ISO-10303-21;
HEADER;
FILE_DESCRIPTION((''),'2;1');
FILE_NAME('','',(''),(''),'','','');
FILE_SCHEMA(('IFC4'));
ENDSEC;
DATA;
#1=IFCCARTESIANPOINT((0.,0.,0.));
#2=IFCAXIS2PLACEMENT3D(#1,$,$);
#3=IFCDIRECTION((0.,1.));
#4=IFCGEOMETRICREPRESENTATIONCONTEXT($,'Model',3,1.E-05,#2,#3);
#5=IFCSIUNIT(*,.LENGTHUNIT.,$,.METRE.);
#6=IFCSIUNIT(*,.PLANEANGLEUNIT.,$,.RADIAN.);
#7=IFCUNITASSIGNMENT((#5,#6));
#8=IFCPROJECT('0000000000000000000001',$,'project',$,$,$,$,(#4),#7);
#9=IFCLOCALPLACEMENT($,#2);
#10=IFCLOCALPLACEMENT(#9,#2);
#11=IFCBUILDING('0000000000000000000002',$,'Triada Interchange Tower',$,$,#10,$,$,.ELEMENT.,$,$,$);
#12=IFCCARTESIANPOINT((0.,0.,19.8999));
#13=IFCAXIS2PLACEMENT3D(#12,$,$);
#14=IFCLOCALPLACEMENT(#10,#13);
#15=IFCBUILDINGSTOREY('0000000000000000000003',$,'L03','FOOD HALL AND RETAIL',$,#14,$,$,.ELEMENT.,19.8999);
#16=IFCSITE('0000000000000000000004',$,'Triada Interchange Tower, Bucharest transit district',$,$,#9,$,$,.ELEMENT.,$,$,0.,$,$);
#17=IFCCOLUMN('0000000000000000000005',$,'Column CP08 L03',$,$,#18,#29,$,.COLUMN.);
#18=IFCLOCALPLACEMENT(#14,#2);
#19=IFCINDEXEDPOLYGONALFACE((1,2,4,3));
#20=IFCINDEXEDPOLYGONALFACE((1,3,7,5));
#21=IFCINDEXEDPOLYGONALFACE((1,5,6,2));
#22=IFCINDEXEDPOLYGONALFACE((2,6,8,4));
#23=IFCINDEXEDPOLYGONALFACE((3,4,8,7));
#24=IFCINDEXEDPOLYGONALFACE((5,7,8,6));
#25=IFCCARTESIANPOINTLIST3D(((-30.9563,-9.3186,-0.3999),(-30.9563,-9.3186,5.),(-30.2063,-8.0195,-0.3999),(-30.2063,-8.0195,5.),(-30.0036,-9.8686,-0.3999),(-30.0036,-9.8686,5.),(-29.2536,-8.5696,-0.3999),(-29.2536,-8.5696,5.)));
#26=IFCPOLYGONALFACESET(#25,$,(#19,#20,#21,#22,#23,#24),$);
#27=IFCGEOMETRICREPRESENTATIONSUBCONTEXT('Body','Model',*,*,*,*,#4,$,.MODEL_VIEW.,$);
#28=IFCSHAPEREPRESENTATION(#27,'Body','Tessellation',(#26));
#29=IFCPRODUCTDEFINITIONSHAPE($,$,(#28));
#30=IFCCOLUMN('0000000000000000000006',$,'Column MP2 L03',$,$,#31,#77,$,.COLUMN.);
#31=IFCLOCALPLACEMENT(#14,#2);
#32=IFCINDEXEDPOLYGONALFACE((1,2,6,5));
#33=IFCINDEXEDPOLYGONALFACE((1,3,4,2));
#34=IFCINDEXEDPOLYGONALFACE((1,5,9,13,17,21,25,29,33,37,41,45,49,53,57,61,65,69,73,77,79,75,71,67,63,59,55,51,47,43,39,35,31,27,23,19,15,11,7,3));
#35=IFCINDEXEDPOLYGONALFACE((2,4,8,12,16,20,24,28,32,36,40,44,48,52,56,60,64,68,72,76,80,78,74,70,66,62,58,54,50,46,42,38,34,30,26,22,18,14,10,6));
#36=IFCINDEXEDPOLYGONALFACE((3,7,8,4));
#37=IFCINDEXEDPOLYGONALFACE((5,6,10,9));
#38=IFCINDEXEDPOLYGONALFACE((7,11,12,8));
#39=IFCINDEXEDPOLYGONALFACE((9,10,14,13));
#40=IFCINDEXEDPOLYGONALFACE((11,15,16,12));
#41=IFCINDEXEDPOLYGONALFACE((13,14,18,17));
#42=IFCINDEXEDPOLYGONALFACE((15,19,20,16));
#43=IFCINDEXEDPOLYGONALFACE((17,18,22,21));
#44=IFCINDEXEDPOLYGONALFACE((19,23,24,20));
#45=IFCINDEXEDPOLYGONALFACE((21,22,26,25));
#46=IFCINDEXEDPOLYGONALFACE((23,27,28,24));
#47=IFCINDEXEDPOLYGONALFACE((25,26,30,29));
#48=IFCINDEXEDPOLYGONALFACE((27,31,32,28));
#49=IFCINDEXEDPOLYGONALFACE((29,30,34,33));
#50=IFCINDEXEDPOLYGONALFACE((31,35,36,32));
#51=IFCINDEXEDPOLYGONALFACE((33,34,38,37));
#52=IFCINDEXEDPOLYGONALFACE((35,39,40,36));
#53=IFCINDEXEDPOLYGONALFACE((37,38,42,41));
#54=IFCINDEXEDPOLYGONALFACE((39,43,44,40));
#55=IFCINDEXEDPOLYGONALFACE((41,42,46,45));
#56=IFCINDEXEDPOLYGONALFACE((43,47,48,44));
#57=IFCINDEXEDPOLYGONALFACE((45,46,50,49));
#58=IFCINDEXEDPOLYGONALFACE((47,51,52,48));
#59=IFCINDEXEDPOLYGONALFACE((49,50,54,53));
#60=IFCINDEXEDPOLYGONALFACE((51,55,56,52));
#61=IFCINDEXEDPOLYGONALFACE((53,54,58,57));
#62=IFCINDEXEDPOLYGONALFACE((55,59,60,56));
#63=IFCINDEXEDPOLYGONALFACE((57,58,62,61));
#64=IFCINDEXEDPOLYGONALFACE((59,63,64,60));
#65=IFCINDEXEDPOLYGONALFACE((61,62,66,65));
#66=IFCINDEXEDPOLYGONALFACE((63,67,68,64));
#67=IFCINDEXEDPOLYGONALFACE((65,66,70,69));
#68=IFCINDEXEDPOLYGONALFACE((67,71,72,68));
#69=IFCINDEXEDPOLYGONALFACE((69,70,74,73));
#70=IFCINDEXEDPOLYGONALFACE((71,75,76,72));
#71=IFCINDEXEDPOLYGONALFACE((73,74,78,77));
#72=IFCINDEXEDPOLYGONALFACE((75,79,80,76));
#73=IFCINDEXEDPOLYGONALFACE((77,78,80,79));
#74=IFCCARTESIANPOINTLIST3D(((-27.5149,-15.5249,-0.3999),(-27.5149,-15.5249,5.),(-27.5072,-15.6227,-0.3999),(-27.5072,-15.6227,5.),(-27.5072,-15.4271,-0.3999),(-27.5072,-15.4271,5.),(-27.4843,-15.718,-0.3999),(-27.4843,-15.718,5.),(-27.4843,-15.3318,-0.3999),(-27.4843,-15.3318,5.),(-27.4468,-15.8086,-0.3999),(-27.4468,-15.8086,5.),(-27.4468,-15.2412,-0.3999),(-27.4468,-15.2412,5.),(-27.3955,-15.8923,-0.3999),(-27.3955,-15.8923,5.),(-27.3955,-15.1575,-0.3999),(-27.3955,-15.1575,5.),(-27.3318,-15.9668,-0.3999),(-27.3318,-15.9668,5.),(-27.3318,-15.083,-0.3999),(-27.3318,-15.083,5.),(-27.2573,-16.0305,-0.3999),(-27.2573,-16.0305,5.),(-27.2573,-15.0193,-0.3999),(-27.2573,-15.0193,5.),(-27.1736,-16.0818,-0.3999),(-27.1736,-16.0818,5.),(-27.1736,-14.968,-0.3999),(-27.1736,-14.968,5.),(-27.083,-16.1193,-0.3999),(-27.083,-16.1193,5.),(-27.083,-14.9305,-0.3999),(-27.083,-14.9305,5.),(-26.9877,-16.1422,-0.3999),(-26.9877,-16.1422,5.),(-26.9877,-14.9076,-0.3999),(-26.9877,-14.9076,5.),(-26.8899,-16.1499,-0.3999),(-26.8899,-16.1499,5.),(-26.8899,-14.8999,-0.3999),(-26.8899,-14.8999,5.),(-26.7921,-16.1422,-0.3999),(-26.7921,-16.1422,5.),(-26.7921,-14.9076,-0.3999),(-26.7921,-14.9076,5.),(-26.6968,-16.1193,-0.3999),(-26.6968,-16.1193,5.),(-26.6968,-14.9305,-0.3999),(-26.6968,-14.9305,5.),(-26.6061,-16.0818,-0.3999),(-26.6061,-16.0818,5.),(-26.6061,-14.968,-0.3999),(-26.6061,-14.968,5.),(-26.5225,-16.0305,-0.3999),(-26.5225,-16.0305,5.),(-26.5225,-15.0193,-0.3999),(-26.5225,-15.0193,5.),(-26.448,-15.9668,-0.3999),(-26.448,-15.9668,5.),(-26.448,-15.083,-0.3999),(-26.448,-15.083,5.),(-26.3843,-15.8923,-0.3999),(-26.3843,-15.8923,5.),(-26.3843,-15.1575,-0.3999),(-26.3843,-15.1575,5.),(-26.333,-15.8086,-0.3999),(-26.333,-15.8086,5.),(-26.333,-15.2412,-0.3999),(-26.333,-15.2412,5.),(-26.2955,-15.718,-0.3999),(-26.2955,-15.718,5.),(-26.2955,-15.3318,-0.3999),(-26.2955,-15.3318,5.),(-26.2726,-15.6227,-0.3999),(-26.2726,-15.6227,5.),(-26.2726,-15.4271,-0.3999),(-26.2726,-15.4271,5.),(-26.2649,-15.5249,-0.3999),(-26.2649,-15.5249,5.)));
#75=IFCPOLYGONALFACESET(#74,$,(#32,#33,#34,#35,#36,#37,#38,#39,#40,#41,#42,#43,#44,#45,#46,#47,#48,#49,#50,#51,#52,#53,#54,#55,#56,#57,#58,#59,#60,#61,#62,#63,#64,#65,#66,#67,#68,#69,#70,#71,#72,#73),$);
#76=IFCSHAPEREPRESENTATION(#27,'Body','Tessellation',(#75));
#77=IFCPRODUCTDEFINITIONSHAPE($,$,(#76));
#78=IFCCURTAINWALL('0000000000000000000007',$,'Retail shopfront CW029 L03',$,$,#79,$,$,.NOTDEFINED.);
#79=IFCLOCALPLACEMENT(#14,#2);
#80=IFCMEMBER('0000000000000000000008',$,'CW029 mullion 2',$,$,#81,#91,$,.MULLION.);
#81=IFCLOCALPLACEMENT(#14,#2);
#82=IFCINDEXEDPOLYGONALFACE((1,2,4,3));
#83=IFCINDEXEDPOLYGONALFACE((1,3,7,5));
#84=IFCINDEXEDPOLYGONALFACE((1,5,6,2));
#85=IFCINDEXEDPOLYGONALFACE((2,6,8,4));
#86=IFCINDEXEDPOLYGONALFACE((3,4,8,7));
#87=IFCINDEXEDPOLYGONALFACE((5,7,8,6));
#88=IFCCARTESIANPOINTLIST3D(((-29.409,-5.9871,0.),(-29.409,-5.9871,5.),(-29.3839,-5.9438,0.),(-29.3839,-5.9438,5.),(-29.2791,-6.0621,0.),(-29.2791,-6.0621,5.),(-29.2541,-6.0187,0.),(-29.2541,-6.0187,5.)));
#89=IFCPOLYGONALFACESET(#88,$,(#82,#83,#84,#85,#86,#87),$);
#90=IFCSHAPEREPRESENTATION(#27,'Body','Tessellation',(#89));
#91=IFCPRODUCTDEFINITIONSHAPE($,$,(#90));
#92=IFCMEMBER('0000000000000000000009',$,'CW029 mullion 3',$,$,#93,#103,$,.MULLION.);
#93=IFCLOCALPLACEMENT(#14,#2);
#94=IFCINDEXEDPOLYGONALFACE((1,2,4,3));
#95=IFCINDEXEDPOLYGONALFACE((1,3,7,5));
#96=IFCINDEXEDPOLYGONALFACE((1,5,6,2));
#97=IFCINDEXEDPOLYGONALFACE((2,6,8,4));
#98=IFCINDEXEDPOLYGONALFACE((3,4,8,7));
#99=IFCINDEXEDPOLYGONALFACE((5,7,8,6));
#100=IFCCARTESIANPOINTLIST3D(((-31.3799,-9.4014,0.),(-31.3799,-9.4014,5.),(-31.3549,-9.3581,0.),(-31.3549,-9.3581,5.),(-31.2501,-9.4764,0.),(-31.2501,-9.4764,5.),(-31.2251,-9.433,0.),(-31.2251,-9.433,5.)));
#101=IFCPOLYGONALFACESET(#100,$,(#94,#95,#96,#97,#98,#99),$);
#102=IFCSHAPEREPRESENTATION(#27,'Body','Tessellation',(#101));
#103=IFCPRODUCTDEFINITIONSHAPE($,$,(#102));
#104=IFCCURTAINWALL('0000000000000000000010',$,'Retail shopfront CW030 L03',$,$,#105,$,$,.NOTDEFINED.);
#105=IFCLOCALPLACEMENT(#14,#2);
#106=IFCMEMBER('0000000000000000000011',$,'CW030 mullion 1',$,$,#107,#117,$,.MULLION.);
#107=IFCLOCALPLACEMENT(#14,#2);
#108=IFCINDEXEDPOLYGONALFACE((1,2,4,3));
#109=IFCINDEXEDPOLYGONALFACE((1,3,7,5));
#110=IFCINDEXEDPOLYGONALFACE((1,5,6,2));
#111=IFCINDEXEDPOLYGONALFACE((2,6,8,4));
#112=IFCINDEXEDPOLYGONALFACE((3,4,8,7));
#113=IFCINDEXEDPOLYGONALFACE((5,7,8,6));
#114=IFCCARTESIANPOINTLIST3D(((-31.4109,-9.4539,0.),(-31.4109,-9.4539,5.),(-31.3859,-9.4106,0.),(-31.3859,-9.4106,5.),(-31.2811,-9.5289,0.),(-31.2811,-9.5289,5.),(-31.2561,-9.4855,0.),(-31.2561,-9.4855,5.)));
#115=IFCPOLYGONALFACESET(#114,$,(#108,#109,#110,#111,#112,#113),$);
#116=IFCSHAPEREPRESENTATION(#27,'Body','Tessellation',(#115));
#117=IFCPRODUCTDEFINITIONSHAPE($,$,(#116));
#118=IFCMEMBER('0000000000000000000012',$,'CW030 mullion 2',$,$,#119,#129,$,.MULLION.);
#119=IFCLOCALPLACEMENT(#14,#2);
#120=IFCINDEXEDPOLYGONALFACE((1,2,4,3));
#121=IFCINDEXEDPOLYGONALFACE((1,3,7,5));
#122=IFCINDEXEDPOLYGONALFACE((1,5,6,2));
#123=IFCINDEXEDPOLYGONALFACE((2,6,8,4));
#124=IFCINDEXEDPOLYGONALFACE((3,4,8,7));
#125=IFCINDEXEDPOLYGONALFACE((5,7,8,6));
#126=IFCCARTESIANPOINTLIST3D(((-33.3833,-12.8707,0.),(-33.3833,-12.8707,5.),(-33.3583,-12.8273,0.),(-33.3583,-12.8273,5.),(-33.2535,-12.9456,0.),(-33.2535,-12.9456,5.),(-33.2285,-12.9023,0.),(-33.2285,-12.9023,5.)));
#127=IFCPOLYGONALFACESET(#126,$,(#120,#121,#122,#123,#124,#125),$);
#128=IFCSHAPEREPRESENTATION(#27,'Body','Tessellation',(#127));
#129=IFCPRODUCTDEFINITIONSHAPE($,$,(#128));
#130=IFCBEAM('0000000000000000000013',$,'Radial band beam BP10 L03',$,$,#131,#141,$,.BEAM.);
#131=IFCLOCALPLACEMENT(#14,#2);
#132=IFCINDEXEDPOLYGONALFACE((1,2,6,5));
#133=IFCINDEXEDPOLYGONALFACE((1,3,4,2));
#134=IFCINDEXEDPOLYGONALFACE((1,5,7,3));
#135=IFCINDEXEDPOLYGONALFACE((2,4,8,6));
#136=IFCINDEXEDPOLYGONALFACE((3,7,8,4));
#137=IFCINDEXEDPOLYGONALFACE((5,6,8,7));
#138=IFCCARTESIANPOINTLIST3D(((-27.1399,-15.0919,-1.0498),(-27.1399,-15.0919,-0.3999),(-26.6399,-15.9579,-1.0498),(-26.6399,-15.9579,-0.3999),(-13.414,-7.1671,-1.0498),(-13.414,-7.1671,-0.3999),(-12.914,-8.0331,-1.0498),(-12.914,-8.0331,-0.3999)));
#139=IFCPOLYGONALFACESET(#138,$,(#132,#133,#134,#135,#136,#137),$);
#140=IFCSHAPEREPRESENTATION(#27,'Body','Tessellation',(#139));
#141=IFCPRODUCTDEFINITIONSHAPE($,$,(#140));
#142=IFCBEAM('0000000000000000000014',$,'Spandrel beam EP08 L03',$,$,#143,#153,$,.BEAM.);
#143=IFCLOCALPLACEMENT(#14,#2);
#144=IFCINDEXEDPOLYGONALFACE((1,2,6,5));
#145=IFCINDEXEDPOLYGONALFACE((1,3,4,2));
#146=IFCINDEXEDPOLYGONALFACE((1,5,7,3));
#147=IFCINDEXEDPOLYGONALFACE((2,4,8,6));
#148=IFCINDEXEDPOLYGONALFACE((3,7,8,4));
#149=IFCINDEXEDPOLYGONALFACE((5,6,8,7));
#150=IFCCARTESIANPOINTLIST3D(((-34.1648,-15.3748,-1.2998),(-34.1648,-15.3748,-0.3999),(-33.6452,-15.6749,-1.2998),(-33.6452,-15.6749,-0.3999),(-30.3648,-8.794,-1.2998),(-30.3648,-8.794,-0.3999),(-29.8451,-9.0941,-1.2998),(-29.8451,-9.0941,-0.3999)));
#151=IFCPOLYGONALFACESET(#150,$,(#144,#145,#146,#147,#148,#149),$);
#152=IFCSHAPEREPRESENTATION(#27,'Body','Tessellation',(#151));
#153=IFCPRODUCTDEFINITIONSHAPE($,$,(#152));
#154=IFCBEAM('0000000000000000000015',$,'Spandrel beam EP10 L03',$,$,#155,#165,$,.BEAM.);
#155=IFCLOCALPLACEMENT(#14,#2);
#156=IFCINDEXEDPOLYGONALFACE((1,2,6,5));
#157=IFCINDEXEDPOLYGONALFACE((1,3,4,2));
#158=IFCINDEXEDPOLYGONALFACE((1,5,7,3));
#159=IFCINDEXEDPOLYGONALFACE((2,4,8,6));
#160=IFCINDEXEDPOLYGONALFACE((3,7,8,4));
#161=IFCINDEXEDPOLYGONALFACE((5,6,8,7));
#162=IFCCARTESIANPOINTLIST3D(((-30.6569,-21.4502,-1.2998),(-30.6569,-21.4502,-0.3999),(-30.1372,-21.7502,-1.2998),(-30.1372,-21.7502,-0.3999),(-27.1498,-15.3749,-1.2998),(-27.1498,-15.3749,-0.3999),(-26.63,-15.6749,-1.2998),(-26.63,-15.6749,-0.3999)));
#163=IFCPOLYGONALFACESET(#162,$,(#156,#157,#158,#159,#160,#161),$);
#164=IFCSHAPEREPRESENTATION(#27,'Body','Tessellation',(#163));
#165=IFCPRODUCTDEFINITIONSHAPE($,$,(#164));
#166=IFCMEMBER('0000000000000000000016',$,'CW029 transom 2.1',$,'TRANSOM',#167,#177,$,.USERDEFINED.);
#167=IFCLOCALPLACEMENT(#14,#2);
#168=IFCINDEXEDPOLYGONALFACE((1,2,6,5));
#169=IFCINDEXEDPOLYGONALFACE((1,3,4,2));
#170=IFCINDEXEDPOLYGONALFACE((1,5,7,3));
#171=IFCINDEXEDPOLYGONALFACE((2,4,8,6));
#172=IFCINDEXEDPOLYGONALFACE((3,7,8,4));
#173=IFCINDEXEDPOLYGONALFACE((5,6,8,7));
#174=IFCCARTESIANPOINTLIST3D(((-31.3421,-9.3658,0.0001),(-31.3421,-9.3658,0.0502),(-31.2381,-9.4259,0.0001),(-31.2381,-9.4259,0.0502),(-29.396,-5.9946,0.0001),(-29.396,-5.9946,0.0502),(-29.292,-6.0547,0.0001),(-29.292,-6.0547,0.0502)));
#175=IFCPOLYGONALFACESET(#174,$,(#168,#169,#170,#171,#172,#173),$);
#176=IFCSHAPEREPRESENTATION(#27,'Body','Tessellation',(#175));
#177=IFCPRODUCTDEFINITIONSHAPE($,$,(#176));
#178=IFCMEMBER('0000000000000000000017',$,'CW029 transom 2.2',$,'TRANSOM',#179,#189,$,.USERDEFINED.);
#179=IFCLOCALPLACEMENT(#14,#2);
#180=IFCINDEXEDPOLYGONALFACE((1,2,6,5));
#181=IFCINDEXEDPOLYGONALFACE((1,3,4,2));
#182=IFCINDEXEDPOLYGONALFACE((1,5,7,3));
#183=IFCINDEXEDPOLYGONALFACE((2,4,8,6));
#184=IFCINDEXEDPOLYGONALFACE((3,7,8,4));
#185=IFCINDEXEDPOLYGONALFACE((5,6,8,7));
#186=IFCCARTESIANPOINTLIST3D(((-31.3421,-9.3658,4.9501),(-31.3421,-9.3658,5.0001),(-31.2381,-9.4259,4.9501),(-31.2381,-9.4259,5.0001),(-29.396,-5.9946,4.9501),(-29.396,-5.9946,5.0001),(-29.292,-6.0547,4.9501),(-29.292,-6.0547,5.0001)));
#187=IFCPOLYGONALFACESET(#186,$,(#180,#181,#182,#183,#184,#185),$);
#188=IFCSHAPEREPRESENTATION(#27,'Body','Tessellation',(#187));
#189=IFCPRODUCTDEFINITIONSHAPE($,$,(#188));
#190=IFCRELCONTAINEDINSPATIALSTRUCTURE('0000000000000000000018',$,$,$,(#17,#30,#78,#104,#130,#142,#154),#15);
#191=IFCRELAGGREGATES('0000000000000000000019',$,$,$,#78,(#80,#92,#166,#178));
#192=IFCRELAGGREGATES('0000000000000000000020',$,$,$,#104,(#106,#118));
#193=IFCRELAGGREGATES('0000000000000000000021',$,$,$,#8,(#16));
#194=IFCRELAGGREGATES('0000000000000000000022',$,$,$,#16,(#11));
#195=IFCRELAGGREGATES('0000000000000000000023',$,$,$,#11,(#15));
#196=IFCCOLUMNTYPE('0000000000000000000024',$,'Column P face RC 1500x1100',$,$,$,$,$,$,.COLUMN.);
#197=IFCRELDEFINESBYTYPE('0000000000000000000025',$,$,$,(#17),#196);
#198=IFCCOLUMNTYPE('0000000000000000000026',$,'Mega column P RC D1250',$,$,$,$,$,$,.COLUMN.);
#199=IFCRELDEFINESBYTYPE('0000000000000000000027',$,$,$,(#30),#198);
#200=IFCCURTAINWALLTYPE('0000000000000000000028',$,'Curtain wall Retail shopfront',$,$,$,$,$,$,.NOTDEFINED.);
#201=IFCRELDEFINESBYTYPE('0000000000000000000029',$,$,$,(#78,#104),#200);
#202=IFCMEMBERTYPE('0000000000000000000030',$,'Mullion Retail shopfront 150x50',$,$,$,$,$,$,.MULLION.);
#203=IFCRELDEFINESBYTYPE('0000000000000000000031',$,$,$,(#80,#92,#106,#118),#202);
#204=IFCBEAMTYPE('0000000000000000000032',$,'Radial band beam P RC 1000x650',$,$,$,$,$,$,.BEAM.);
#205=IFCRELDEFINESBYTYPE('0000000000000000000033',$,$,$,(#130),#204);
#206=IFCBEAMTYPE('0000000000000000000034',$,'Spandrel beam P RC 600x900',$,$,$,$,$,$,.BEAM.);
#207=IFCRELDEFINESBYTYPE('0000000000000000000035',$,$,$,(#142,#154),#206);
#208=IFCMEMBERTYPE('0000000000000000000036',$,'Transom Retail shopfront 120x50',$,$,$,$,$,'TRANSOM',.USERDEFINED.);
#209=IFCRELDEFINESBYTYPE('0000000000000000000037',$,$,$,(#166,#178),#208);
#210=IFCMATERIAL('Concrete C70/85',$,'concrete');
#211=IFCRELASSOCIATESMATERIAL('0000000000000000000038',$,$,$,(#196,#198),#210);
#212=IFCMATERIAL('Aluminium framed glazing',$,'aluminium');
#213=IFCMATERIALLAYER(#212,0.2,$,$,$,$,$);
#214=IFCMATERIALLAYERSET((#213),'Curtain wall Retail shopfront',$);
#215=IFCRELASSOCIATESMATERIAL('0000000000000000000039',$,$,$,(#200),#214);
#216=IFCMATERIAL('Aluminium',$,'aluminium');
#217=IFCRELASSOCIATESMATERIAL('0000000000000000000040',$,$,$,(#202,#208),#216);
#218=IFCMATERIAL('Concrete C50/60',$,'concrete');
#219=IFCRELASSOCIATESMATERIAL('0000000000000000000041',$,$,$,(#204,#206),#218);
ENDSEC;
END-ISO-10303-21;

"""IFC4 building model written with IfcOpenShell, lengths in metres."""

from ifc_helpers import new_model, si_unit, direction, frame, origin, origin_2d, place, context, subcontext, project, spatial, rectangle, circle, extrude, material, layer, layer_set, material_profile, profile_set, type_object, element, aggregate, save


model = new_model("IFC4")

# Units and contexts
model_context = context("Model", 3, precision=1e-05, world=origin(), true_north=direction((0.0, 1.0)))
body_context = subcontext(model_context, "Body", "Model", "MODEL_VIEW")
ifc_project = project(units=[si_unit("LENGTHUNIT", "METRE"), si_unit("PLANEANGLEUNIT", "RADIAN")], contexts=[model_context])

# Site, building, storey
site_placement = place(None, origin())
site = spatial("IfcSite", under=ifc_project, at=site_placement, Name="Triada Interchange Tower, Bucharest transit district", CompositionType="ELEMENT", RefElevation=0.0)
building_placement = place(site_placement, origin())
building = spatial("IfcBuilding", under=site, at=building_placement, Name="Triada Interchange Tower", CompositionType="ELEMENT")
storey_placement = place(building_placement, frame((0.0, 0.0, 19.8999)))
storey = spatial("IfcBuildingStorey", under=building, at=storey_placement, Name="L03", Description="FOOD HALL AND RETAIL", CompositionType="ELEMENT", Elevation=19.8999)

# Columns
ifc_material_1 = material(Name="Concrete C70/85", Category="concrete")
ifc_material_profile_1 = material_profile(ifc_material_1, rectangle(XDim=1.5, YDim=1.1001, at=origin_2d()), Name="RC 1500x1100")
ifc_profile_set_1 = profile_set([ifc_material_profile_1], Name="Concrete C70/85")
column_type_1 = type_object("IfcColumnType", Name="Column P face RC 1500x1100", PredefinedType="COLUMN", material=ifc_profile_set_1)
column_1_placement = place(storey_placement, frame((-30.105, -8.9441, -0.3999), z_axis=(0.0, 0.0, 1.0), x_axis=(0.5, 0.866025, 0.0)))
element("IfcColumn", 1, at=column_1_placement, inside=storey, type_object=column_type_1, Name="Column CP08 L03", PredefinedType="COLUMN", context=body_context, shape_type="SweptSolid", body=[
    extrude(rectangle(XDim=1.5, YDim=1.1001, at=origin_2d()), origin(), (0.0, 0.0, 1.0), 5.3999),
])
ifc_material_profile_2 = material_profile(ifc_material_1, circle(Radius=0.625, at=origin_2d()), Name="RC D1250")
ifc_profile_set_2 = profile_set([ifc_material_profile_2], Name="Concrete C70/85")
column_type_2 = type_object("IfcColumnType", Name="Mega column P RC D1250", PredefinedType="COLUMN", material=ifc_profile_set_2)
column_2_placement = place(storey_placement, frame((-26.8899, -15.5249, -0.3999), z_axis=(0.0, 0.0, 1.0), x_axis=(1.0, 0.0, 0.0)))
element("IfcColumn", 2, at=column_2_placement, inside=storey, type_object=column_type_2, Name="Column MP2 L03", PredefinedType="COLUMN", context=body_context, shape_type="SweptSolid", body=[
    extrude(circle(Radius=0.625, at=origin_2d()), origin(), (0.0, 0.0, 1.0), 5.3999),
])

# Curtain walls, members
ifc_material_2 = material(Name="Aluminium framed glazing", Category="aluminium")
ifc_layer_1 = layer(ifc_material_2, 0.2)
ifc_layer_set_1 = layer_set([ifc_layer_1], Name="Curtain wall Retail shopfront")
curtain_wall_type = type_object("IfcCurtainWallType", Name="Curtain wall Retail shopfront", PredefinedType="NOTDEFINED", material=ifc_layer_set_1)
curtain_wall_1_placement = place(storey_placement, origin())
curtain_wall_1 = element("IfcCurtainWall", 3, at=curtain_wall_1_placement, inside=storey, type_object=curtain_wall_type, Name="Retail shopfront CW029 L03", PredefinedType="NOTDEFINED")
ifc_material_3 = material(Name="Aluminium", Category="aluminium")
ifc_material_profile_3 = material_profile(ifc_material_3, rectangle(XDim=0.1499, YDim=0.05, at=origin_2d()), Name="Aluminium mullion")
ifc_profile_set_3 = profile_set([ifc_material_profile_3], Name="Aluminium")
member_type_1 = type_object("IfcMemberType", Name="Mullion Retail shopfront 150x50", PredefinedType="MULLION", material=ifc_profile_set_3)
member_1_placement = place(storey_placement, frame((-29.3315, -6.0029, 0.0), z_axis=(0.0, 0.0, 1.0), x_axis=(0.866055, -0.499948, 0.0)))
member_1 = element("IfcMember", 4, at=member_1_placement, type_object=member_type_1, Name="CW029 mullion 2", PredefinedType="MULLION", context=body_context, shape_type="SweptSolid", body=[
    extrude(rectangle(XDim=0.1499, YDim=0.05, at=origin_2d()), origin(), (0.0, 0.0, 1.0), 5.0),
])
member_2_placement = place(storey_placement, frame((-31.3025, -9.4172, 0.0), z_axis=(0.0, 0.0, 1.0), x_axis=(0.866055, -0.499948, 0.0)))
member_2 = element("IfcMember", 5, at=member_2_placement, type_object=member_type_1, Name="CW029 mullion 3", PredefinedType="MULLION", context=body_context, shape_type="SweptSolid", body=[
    extrude(rectangle(XDim=0.1499, YDim=0.05, at=origin_2d()), origin(), (0.0, 0.0, 1.0), 5.0),
])
curtain_wall_2_placement = place(storey_placement, origin())
curtain_wall_2 = element("IfcCurtainWall", 6, at=curtain_wall_2_placement, inside=storey, type_object=curtain_wall_type, Name="Retail shopfront CW030 L03", PredefinedType="NOTDEFINED")
member_3_placement = place(storey_placement, frame((-31.3335, -9.4697, 0.0), z_axis=(0.0, 0.0, 1.0), x_axis=(0.866049, -0.499959, 0.0)))
member_3 = element("IfcMember", 7, at=member_3_placement, type_object=member_type_1, Name="CW030 mullion 1", PredefinedType="MULLION", context=body_context, shape_type="SweptSolid", body=[
    extrude(rectangle(XDim=0.1499, YDim=0.05, at=origin_2d()), origin(), (0.0, 0.0, 1.0), 5.0),
])
member_4_placement = place(storey_placement, frame((-33.3059, -12.8865, 0.0), z_axis=(0.0, 0.0, 1.0), x_axis=(0.866049, -0.499959, 0.0)))
member_4 = element("IfcMember", 8, at=member_4_placement, type_object=member_type_1, Name="CW030 mullion 2", PredefinedType="MULLION", context=body_context, shape_type="SweptSolid", body=[
    extrude(rectangle(XDim=0.1499, YDim=0.05, at=origin_2d()), origin(), (0.0, 0.0, 1.0), 5.0),
])

# Beams
ifc_material_4 = material(Name="Concrete C50/60", Category="concrete")
ifc_material_profile_4 = material_profile(ifc_material_4, rectangle(XDim=1.0, YDim=0.6499, at=origin_2d()), Name="RC 1000x650")
ifc_profile_set_4 = profile_set([ifc_material_profile_4], Name="Concrete C50/60")
beam_type_1 = type_object("IfcBeamType", Name="Radial band beam P RC 1000x650", PredefinedType="BEAM", material=ifc_profile_set_4)
beam_1_placement = place(storey_placement, frame((-26.8899, -15.5249, -0.7249), z_axis=(0.86602, 0.500009, 0.0), x_axis=(-0.500009, 0.86602, 0.0)))
element("IfcBeam", 9, at=beam_1_placement, inside=storey, type_object=beam_type_1, Name="Radial band beam BP10 L03", PredefinedType="BEAM", context=body_context, shape_type="SweptSolid", body=[
    extrude(rectangle(XDim=1.0, YDim=0.6499, at=origin_2d()), origin(), (0.0, 0.0, 1.0), 15.8494),
])
ifc_material_profile_5 = material_profile(ifc_material_4, rectangle(XDim=0.6001, YDim=0.8999, at=origin_2d()), Name="RC 600x900")
ifc_profile_set_5 = profile_set([ifc_material_profile_5], Name="Concrete C50/60")
beam_type_2 = type_object("IfcBeamType", Name="Spandrel beam P RC 600x900", PredefinedType="BEAM", material=ifc_profile_set_5)
beam_2_placement = place(storey_placement, frame((-30.105, -8.9441, -0.8499), z_axis=(-0.500061, -0.86599, 0.0), x_axis=(0.86599, -0.500061, 0.0)))
element("IfcBeam", 10, at=beam_2_placement, inside=storey, type_object=beam_type_2, Name="Spandrel beam EP08 L03", PredefinedType="BEAM", context=body_context, shape_type="SweptSolid", body=[
    extrude(rectangle(XDim=0.6001, YDim=0.8999, at=origin_2d()), origin(), (0.0, 0.0, 1.0), 7.5991),
])
beam_3_placement = place(storey_placement, frame((-26.8899, -15.5249, -0.8499), z_axis=(-0.499953, -0.866052, 0.0), x_axis=(0.866052, -0.499953, 0.0)))
element("IfcBeam", 11, at=beam_3_placement, inside=storey, type_object=beam_type_2, Name="Spandrel beam EP10 L03", PredefinedType="BEAM", context=body_context, shape_type="SweptSolid", body=[
    extrude(rectangle(XDim=0.6001, YDim=0.8999, at=origin_2d()), origin(), (0.0, 0.0, 1.0), 7.0149),
])

# Members
ifc_material_profile_6 = material_profile(ifc_material_3, rectangle(XDim=0.1201, YDim=0.05, at=origin_2d()), Name="Aluminium transom")
ifc_profile_set_6 = profile_set([ifc_material_profile_6], Name="Aluminium")
member_type_2 = type_object("IfcMemberType", Name="Transom Retail shopfront 120x50", ElementType="TRANSOM", PredefinedType="USERDEFINED", material=ifc_profile_set_6)
member_5_placement = place(storey_placement, frame((-29.344, -6.0247, 0.0251), z_axis=(-0.49995, -0.866054, 0.0), x_axis=(0.866054, -0.49995, 0.0)))
member_5 = element("IfcMember", 12, at=member_5_placement, type_object=member_type_2, Name="CW029 transom 2.1", ObjectType="TRANSOM", PredefinedType="USERDEFINED", context=body_context, shape_type="SweptSolid", body=[
    extrude(rectangle(XDim=0.1201, YDim=0.05, at=origin_2d()), origin(), (0.0, 0.0, 1.0), 3.8926),
])
member_6_placement = place(storey_placement, frame((-29.344, -6.0247, 4.9751), z_axis=(-0.49995, -0.866054, 0.0), x_axis=(0.866054, -0.49995, 0.0)))
member_6 = element("IfcMember", 13, at=member_6_placement, type_object=member_type_2, Name="CW029 transom 2.2", ObjectType="TRANSOM", PredefinedType="USERDEFINED", context=body_context, shape_type="SweptSolid", body=[
    extrude(rectangle(XDim=0.1201, YDim=0.05, at=origin_2d()), origin(), (0.0, 0.0, 1.0), 3.8926),
])

aggregate(curtain_wall_1, [member_1, member_2, member_5, member_6])
aggregate(curtain_wall_2, [member_3, member_4])

save(model, "model.ifc")
